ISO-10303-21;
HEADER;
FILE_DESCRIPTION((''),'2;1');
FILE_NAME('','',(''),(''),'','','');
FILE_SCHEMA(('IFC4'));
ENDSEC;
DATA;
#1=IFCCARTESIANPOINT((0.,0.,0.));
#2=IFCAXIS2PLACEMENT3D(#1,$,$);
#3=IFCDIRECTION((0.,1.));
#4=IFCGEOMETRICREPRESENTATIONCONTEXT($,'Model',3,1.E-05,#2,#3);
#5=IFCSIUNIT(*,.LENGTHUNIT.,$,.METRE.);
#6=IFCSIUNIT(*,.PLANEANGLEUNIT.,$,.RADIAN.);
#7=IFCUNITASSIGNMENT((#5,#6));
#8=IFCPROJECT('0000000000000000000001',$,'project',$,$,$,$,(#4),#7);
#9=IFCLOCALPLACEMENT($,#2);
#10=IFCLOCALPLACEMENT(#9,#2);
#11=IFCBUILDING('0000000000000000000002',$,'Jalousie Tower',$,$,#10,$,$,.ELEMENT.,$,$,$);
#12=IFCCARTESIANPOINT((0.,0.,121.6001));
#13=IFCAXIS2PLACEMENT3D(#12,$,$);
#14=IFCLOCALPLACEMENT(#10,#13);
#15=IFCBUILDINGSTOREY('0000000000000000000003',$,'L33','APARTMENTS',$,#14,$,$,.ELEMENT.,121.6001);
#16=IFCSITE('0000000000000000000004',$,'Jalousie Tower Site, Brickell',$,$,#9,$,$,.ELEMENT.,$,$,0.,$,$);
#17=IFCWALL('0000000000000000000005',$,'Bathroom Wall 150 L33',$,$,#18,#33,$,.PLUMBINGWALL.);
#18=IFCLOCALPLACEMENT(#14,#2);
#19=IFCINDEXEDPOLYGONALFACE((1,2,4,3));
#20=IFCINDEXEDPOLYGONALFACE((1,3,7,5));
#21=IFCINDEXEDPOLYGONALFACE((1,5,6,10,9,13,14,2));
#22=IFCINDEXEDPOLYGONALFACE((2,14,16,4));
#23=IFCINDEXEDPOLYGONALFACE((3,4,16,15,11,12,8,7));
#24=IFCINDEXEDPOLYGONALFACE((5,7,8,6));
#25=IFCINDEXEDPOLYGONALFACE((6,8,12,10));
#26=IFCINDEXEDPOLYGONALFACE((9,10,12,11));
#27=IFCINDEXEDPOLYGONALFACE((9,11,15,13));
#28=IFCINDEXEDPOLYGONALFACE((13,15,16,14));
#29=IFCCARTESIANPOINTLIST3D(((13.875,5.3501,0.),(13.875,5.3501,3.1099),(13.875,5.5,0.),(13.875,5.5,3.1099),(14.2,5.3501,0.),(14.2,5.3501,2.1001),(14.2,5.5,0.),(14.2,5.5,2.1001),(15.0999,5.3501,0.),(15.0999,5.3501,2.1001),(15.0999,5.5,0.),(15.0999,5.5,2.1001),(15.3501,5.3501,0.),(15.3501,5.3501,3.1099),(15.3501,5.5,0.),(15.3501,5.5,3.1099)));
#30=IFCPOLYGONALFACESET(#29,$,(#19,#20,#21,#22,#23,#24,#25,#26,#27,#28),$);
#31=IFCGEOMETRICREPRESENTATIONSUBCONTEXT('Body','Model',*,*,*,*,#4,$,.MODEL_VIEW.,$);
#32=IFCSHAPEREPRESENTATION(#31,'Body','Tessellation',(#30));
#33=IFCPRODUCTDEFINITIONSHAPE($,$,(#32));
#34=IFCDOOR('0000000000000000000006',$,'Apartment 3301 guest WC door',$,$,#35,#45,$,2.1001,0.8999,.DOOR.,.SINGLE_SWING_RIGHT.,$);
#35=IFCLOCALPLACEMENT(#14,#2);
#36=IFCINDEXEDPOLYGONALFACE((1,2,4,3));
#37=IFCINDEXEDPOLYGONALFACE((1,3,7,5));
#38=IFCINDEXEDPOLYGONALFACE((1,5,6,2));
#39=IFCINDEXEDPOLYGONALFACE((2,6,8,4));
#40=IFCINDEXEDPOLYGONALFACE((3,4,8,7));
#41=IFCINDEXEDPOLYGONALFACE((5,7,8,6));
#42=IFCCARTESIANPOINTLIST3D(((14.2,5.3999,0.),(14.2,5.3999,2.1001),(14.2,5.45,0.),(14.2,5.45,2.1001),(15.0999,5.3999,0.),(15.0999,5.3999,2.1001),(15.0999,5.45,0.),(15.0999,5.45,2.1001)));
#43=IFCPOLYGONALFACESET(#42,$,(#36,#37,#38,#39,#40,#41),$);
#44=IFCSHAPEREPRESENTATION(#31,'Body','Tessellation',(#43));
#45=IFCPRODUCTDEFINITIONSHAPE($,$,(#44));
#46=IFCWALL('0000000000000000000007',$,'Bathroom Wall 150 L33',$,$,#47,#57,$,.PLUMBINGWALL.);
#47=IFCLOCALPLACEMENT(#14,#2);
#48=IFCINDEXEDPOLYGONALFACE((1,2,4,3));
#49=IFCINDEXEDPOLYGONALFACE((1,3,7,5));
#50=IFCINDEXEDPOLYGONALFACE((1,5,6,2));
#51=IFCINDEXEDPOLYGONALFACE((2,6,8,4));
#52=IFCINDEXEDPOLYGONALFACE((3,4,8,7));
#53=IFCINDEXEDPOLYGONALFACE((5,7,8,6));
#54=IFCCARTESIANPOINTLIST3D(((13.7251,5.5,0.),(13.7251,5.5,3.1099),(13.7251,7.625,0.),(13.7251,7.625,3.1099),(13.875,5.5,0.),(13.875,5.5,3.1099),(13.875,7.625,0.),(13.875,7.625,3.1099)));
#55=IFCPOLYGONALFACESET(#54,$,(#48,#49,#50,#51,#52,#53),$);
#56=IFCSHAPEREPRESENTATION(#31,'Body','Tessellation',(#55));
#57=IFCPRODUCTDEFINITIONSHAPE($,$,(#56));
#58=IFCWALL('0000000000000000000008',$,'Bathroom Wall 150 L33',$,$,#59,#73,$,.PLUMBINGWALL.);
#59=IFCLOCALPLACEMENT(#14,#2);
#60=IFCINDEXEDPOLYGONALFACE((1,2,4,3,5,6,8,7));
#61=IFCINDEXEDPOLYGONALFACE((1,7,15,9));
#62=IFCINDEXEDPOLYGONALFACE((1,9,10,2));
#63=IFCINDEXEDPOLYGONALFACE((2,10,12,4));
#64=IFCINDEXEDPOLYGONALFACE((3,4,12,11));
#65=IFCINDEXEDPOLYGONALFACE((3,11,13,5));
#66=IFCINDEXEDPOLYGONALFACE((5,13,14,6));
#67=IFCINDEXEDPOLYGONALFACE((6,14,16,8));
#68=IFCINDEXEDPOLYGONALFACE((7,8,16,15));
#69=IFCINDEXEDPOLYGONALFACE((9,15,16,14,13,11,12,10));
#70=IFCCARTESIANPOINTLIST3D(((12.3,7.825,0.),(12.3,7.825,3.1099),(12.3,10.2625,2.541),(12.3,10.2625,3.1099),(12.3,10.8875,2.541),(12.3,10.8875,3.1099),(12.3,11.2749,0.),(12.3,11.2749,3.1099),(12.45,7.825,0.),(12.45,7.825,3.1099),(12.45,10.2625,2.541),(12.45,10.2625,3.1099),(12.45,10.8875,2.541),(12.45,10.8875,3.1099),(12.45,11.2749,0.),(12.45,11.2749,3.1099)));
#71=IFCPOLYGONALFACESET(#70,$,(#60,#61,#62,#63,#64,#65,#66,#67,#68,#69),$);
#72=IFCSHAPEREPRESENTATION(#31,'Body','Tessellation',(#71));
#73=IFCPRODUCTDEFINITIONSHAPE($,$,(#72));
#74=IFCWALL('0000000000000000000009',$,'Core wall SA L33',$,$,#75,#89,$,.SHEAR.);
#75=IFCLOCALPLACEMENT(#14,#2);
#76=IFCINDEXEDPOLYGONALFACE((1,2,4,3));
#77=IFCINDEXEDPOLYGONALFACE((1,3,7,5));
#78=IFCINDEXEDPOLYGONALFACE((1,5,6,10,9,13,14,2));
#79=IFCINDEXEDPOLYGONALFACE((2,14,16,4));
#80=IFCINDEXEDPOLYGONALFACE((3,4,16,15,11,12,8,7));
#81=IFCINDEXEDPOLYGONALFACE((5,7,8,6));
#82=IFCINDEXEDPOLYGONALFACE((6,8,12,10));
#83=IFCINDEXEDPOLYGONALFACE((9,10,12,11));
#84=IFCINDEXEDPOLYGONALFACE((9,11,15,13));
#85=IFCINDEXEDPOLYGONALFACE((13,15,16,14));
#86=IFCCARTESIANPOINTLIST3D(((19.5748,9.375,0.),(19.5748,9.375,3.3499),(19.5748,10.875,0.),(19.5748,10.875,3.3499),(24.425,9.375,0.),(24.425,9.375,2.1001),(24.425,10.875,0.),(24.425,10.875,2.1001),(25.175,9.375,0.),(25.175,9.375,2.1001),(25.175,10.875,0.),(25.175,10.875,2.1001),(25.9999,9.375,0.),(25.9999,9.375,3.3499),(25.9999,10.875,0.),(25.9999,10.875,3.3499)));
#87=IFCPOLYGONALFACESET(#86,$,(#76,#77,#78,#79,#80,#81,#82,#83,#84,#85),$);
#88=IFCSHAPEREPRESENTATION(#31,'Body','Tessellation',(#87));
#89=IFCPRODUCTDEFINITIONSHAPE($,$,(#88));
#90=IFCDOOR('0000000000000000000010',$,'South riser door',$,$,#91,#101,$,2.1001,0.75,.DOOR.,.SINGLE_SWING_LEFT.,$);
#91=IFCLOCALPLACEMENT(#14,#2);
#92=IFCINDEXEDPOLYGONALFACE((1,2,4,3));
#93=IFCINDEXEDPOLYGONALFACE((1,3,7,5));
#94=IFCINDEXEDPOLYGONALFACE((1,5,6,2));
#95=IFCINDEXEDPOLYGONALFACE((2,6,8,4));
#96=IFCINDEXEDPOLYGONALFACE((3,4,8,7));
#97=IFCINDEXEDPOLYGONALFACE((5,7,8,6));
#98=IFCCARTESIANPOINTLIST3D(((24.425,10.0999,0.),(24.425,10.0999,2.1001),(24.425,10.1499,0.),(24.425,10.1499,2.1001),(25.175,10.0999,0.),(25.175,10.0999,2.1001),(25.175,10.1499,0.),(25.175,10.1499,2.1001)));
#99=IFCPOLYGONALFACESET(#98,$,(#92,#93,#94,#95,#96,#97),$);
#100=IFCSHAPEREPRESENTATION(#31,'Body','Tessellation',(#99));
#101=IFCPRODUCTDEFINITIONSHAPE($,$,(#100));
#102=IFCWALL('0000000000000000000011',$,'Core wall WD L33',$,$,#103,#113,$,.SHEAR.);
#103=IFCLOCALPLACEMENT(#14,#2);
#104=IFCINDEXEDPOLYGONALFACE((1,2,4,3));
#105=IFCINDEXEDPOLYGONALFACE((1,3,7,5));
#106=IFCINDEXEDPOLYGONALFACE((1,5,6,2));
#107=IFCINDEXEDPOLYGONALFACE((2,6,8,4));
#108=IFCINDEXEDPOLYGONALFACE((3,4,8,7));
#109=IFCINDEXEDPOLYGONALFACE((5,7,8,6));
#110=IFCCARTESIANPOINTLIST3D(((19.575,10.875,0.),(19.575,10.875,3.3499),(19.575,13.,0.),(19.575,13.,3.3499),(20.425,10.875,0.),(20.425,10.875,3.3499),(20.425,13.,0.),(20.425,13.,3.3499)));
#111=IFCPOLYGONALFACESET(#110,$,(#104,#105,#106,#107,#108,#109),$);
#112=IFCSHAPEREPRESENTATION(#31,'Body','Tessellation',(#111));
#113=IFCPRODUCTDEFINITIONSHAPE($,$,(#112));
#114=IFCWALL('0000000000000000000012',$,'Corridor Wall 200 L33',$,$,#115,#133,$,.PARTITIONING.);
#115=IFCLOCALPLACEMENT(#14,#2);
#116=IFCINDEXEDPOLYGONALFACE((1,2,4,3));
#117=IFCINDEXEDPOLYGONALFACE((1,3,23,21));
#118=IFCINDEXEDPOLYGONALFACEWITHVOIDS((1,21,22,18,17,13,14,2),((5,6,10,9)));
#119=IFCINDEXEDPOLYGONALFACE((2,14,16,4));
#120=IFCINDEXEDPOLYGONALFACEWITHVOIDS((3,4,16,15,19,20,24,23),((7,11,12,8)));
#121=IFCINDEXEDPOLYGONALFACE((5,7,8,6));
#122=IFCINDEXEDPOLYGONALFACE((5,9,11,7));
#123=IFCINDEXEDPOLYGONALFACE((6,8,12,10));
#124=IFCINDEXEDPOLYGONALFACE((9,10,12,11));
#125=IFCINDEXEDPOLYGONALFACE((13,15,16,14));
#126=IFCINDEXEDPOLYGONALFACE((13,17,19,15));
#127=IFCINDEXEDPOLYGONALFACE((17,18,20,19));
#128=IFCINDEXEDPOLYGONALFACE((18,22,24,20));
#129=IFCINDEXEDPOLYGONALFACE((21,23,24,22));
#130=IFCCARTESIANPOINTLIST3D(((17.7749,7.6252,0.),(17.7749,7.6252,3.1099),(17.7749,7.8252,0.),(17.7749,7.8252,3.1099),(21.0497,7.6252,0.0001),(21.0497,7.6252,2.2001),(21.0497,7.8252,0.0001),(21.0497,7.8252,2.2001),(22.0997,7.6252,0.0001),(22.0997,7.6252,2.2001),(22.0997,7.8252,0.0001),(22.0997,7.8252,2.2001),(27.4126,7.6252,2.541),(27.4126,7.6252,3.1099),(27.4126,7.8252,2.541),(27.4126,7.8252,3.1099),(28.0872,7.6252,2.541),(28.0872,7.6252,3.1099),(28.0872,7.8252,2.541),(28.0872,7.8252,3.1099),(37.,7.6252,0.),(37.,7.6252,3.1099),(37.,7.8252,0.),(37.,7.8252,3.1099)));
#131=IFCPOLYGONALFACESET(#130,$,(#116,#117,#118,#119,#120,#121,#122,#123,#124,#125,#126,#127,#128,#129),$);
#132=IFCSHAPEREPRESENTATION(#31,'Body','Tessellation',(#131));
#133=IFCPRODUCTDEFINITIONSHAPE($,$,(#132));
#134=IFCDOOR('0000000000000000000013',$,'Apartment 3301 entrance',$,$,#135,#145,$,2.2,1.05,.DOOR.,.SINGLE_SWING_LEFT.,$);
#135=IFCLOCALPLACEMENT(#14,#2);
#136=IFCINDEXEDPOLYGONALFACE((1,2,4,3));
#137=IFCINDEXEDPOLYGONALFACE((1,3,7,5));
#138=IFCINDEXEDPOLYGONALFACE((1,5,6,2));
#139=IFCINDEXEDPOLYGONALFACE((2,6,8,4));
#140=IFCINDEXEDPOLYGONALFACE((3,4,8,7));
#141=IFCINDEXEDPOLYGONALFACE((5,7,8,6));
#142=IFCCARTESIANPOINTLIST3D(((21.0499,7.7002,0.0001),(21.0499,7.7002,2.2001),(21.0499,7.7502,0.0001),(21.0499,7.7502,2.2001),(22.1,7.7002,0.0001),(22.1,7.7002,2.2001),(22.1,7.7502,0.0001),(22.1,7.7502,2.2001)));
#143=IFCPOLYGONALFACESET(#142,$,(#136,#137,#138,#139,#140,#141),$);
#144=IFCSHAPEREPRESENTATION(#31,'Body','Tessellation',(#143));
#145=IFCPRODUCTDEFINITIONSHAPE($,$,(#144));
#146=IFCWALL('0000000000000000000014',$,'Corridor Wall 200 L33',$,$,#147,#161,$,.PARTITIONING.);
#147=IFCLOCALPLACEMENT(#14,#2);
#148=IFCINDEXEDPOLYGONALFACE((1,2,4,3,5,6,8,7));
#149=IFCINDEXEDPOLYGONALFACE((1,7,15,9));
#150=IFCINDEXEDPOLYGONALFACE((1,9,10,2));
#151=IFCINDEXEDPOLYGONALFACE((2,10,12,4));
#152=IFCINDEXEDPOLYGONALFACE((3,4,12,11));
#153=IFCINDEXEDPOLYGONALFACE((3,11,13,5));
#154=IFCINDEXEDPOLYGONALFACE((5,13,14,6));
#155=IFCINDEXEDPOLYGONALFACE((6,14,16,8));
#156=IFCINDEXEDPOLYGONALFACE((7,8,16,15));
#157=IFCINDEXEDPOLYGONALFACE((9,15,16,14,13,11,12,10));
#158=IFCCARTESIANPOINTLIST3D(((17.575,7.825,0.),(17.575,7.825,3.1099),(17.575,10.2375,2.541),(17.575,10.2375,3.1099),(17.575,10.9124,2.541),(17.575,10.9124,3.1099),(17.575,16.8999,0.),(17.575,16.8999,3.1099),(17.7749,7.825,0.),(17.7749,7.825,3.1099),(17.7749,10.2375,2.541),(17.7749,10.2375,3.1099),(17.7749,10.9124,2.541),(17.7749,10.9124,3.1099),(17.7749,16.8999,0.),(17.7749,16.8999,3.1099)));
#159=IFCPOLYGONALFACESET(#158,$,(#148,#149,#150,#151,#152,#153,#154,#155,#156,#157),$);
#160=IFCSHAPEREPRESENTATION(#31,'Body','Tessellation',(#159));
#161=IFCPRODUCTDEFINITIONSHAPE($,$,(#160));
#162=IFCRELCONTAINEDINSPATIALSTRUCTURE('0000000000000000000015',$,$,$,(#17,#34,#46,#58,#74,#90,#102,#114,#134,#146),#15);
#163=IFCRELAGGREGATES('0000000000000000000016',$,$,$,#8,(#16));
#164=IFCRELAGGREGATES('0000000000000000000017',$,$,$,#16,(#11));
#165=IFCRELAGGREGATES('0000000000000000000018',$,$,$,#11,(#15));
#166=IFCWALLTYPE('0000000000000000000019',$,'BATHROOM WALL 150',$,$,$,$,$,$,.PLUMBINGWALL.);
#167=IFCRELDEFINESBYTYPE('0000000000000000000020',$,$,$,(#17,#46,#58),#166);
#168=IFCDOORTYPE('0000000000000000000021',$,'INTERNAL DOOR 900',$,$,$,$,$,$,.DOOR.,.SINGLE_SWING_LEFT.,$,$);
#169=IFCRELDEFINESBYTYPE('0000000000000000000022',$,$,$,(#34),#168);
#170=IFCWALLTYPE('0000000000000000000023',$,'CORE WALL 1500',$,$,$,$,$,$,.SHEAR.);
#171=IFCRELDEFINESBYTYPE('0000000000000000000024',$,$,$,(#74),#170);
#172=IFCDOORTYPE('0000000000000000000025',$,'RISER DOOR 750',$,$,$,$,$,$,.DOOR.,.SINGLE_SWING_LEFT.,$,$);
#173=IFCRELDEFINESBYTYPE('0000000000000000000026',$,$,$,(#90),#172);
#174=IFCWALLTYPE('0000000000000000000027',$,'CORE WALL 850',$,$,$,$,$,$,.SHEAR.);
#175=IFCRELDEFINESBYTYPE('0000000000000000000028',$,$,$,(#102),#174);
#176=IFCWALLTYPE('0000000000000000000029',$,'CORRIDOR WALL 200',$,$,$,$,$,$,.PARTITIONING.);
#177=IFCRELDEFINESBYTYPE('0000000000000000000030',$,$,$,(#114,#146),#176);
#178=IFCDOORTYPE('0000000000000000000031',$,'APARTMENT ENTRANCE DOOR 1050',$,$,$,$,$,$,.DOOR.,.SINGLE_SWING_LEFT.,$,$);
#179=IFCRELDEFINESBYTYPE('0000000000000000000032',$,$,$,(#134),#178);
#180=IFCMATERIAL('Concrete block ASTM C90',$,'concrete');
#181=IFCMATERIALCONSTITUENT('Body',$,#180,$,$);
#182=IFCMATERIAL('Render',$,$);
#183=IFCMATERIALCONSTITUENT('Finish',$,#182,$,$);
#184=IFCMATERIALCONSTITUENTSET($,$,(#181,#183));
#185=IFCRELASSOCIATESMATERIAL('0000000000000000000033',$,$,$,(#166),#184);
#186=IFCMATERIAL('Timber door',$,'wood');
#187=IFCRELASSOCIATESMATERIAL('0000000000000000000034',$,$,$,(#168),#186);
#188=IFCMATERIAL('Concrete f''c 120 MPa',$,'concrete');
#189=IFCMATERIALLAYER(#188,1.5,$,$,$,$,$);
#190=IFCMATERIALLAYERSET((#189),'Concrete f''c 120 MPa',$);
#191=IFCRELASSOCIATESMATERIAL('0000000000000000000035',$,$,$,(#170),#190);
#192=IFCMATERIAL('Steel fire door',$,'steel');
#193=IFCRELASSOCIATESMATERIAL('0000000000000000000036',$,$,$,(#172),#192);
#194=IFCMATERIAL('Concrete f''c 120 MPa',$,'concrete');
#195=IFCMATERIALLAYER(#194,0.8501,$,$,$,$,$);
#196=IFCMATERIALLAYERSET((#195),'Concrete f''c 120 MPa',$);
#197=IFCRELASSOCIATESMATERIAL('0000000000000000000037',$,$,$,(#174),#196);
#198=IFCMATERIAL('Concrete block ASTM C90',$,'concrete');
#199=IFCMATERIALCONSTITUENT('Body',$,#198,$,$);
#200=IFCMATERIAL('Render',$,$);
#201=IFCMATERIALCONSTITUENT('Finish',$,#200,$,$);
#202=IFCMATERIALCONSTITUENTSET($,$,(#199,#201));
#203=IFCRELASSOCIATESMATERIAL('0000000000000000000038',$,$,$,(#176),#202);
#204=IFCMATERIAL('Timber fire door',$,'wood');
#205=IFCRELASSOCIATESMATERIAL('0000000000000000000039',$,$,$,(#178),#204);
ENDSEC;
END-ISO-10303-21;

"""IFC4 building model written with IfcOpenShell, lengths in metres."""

from ifc_helpers import new_model, si_unit, direction, frame, frame_2d, origin, place, context, subcontext, project, spatial, polyline, rectangle, outline, extrude, material, layer, layer_set, constituent, constituent_set, type_object, element, fill, save


model = new_model("IFC4")

# Units and contexts
model_context = context("Model", 3, precision=1e-05, world=origin(), true_north=direction((0.0, 1.0)))
body_context = subcontext(model_context, "Body", "Model", "MODEL_VIEW")
ifc_project = project(units=[si_unit("LENGTHUNIT", "METRE"), si_unit("PLANEANGLEUNIT", "RADIAN")], contexts=[model_context])

# Site, building, storey
site_placement = place(None, origin())
site = spatial("IfcSite", under=ifc_project, at=site_placement, Name="Jalousie Tower Site, Brickell", CompositionType="ELEMENT", RefElevation=0.0)
building_placement = place(site_placement, origin())
building = spatial("IfcBuilding", under=site, at=building_placement, Name="Jalousie Tower", CompositionType="ELEMENT")
storey_placement = place(building_placement, frame((0.0, 0.0, 121.6001)))
storey = spatial("IfcBuildingStorey", under=building, at=storey_placement, Name="L33", Description="APARTMENTS", CompositionType="ELEMENT", Elevation=121.6001)

# Wall, opening, door
ifc_material_1 = material(Name="Concrete block ASTM C90", Category="concrete")
ifc_constituent_1 = constituent(ifc_material_1, Name="Body")
ifc_material_2 = material(Name="Render")
ifc_constituent_2 = constituent(ifc_material_2, Name="Finish")
ifc_constituent_set_1 = constituent_set(constituents=[ifc_constituent_1, ifc_constituent_2])
wall_type_1 = type_object("IfcWallType", Name="BATHROOM WALL 150", PredefinedType="PLUMBINGWALL", material=ifc_constituent_set_1)
wall_1_placement = place(storey_placement, frame((13.875, 5.425, 0.0), z_axis=(0.0, 0.0, 1.0), x_axis=(1.0, 0.0, 0.0)))
wall_1 = element("IfcWall", 1, at=wall_1_placement, inside=storey, type_object=wall_type_1, Name="Bathroom Wall 150 L33", PredefinedType="PLUMBINGWALL", context=body_context, shape_type="SweptSolid", body=[
    extrude(rectangle(XDim=1.4751, YDim=0.1499, at=frame_2d((0.7375, 0.0))), origin(), (0.0, 0.0, 1.0), 3.1099),
])
opening_1_placement = place(wall_1_placement, frame((0.325, 0.0, 0.0)))
opening_1 = element("IfcOpeningElement", 2, at=opening_1_placement, cuts=wall_1, PredefinedType="OPENING", context=body_context, shape_type="SweptSolid", body=[
    extrude(rectangle(XDim=0.8999, YDim=2.1001, at=frame_2d((0.45, 1.05))), frame((0.0, 0.085, 0.0), z_axis=(0.0, -1.0, 0.0), x_axis=(1.0, 0.0, 0.0)), (0.0, 0.0, 1.0), 0.1699),
])
ifc_material_3 = material(Name="Timber door", Category="wood")
door_type_1 = type_object("IfcDoorType", Name="INTERNAL DOOR 900", OperationType="SINGLE_SWING_LEFT", PredefinedType="DOOR", material=ifc_material_3)
door_1_placement = place(opening_1_placement, origin())
door_1 = element("IfcDoor", 3, at=door_1_placement, inside=storey, type_object=door_type_1, Name="Apartment 3301 guest WC door", OperationType="SINGLE_SWING_RIGHT", OverallHeight=2.1001, OverallWidth=0.8999, PredefinedType="DOOR", context=body_context, shape_type="SweptSolid", body=[
    extrude(rectangle(XDim=0.8999, YDim=2.1001, at=frame_2d((0.45, 1.05))), frame((0.0, 0.0249, 0.0), z_axis=(0.0, -1.0, 0.0), x_axis=(1.0, 0.0, 0.0)), (0.0, 0.0, 1.0), 0.05),
])
fill(opening_1, door_1)

# Walls
wall_2_placement = place(storey_placement, frame((13.8, 5.5, 0.0), z_axis=(0.0, 0.0, 1.0), x_axis=(0.0, 1.0, 0.0)))
element("IfcWall", 4, at=wall_2_placement, inside=storey, type_object=wall_type_1, Name="Bathroom Wall 150 L33", PredefinedType="PLUMBINGWALL", context=body_context, shape_type="SweptSolid", body=[
    extrude(rectangle(XDim=2.125, YDim=0.1499, at=frame_2d((1.0625, 0.0))), origin(), (0.0, 0.0, 1.0), 3.1099),
])
wall_3_placement = place(storey_placement, frame((12.375, 7.825, 0.0), z_axis=(0.0, 0.0, 1.0), x_axis=(0.0, 1.0, 0.0)))
element("IfcWall", 5, at=wall_3_placement, inside=storey, type_object=wall_type_1, Name="Bathroom Wall 150 L33", PredefinedType="PLUMBINGWALL", context=body_context, shape_type="SweptSolid", body=[
    extrude(outline(polyline([(0.0, 0.0), (3.45, 0.0), (3.45, 3.1099), (3.0625, 3.1099), (3.0625, 2.541), (2.4375, 2.541), (2.4375, 3.1099), (0.0, 3.1099), (0.0, 0.0)])), frame((0.0, 0.075, 0.0), z_axis=(0.0, -1.0, 0.0), x_axis=(1.0, 0.0, 0.0)), (0.0, 0.0, 1.0), 0.1499),
])

# Wall, opening, door
ifc_material_4 = material(Name="Concrete f'c 120 MPa", Category="concrete")
ifc_layer_1 = layer(ifc_material_4, 1.5)
ifc_layer_set_1 = layer_set([ifc_layer_1], Name="Concrete f'c 120 MPa")
wall_type_2 = type_object("IfcWallType", Name="CORE WALL 1500", PredefinedType="SHEAR", material=ifc_layer_set_1)
wall_4_placement = place(storey_placement, frame((19.575, 10.125, 0.0), z_axis=(0.0, 0.0, 1.0), x_axis=(1.0, 0.0, 0.0)))
wall_4 = element("IfcWall", 6, at=wall_4_placement, inside=storey, type_object=wall_type_2, Name="Core wall SA L33", PredefinedType="SHEAR", context=body_context, shape_type="SweptSolid", body=[
    extrude(rectangle(XDim=6.425, YDim=1.5, at=frame_2d((3.2124, 0.0))), origin(), (0.0, 0.0, 1.0), 3.3499),
])
opening_2_placement = place(wall_4_placement, frame((4.8501, 0.0, 0.0)))
opening_2 = element("IfcOpeningElement", 7, at=opening_2_placement, cuts=wall_4, PredefinedType="OPENING", context=body_context, shape_type="SweptSolid", body=[
    extrude(rectangle(XDim=0.75, YDim=2.1001, at=frame_2d((0.375, 1.05))), frame((0.0, 0.76, 0.0), z_axis=(0.0, -1.0, 0.0), x_axis=(1.0, 0.0, 0.0)), (0.0, 0.0, 1.0), 1.52),
])
ifc_material_5 = material(Name="Steel fire door", Category="steel")
door_type_2 = type_object("IfcDoorType", Name="RISER DOOR 750", OperationType="SINGLE_SWING_LEFT", PredefinedType="DOOR", material=ifc_material_5)
door_2_placement = place(opening_2_placement, origin())
door_2 = element("IfcDoor", 8, at=door_2_placement, inside=storey, type_object=door_type_2, Name="South riser door", OperationType="SINGLE_SWING_LEFT", OverallHeight=2.1001, OverallWidth=0.75, PredefinedType="DOOR", context=body_context, shape_type="SweptSolid", body=[
    extrude(rectangle(XDim=0.75, YDim=2.1001, at=frame_2d((0.375, 1.05))), frame((0.0, 0.0249, 0.0), z_axis=(0.0, -1.0, 0.0), x_axis=(1.0, 0.0, 0.0)), (0.0, 0.0, 1.0), 0.05),
])
fill(opening_2, door_2)

# Wall
ifc_material_6 = material(Name="Concrete f'c 120 MPa", Category="concrete")
ifc_layer_2 = layer(ifc_material_6, 0.8501)
ifc_layer_set_2 = layer_set([ifc_layer_2], Name="Concrete f'c 120 MPa")
wall_type_3 = type_object("IfcWallType", Name="CORE WALL 850", PredefinedType="SHEAR", material=ifc_layer_set_2)
wall_5_placement = place(storey_placement, frame((20.0, 13.0, 0.0), z_axis=(0.0, 0.0, 1.0), x_axis=(0.0, -1.0, 0.0)))
element("IfcWall", 9, at=wall_5_placement, inside=storey, type_object=wall_type_3, Name="Core wall WD L33", PredefinedType="SHEAR", context=body_context, shape_type="SweptSolid", body=[
    extrude(rectangle(XDim=2.125, YDim=0.8501, at=frame_2d((1.0625, 0.0))), origin(), (0.0, 0.0, 1.0), 3.3499),
])

# Wall, opening, door
ifc_material_7 = material(Name="Concrete block ASTM C90", Category="concrete")
ifc_constituent_3 = constituent(ifc_material_7, Name="Body")
ifc_material_8 = material(Name="Render")
ifc_constituent_4 = constituent(ifc_material_8, Name="Finish")
ifc_constituent_set_2 = constituent_set(constituents=[ifc_constituent_3, ifc_constituent_4])
wall_type_4 = type_object("IfcWallType", Name="CORRIDOR WALL 200", PredefinedType="PARTITIONING", material=ifc_constituent_set_2)
wall_6_placement = place(storey_placement, frame((17.7749, 7.7251, 0.0), z_axis=(0.0, 0.0, 1.0), x_axis=(1.0, 0.0, 0.0)))
wall_6 = element("IfcWall", 10, at=wall_6_placement, inside=storey, type_object=wall_type_4, Name="Corridor Wall 200 L33", PredefinedType="PARTITIONING", context=body_context, shape_type="SweptSolid", body=[
    extrude(outline(polyline([(0.0, 0.0), (19.2251, 0.0), (19.2251, 3.1099), (10.3123, 3.1099), (10.3123, 2.541), (9.6377, 2.541), (9.6377, 3.1099), (0.0, 3.1099), (0.0, 0.0)])), frame((0.0, 0.1001, 0.0), z_axis=(0.0, -1.0, 0.0), x_axis=(1.0, 0.0, 0.0)), (0.0, 0.0, 1.0), 0.2),
])
opening_3_placement = place(wall_6_placement, frame((3.2749, 0.0, 0.0)))
opening_3 = element("IfcOpeningElement", 11, at=opening_3_placement, cuts=wall_6, PredefinedType="OPENING", context=body_context, shape_type="SweptSolid", body=[
    extrude(rectangle(XDim=1.05, YDim=2.2, at=frame_2d((0.5249, 1.1001))), frame((0.0, 0.1099, 0.0), z_axis=(0.0, -1.0, 0.0), x_axis=(1.0, 0.0, 0.0)), (0.0, 0.0, 1.0), 0.22),
])
ifc_material_9 = material(Name="Timber fire door", Category="wood")
door_type_3 = type_object("IfcDoorType", Name="APARTMENT ENTRANCE DOOR 1050", OperationType="SINGLE_SWING_LEFT", PredefinedType="DOOR", material=ifc_material_9)
door_3_placement = place(opening_3_placement, frame((1.05, 0.0, 0.0), z_axis=(0.0, 0.0, 1.0), x_axis=(-1.0, 0.0, 0.0)))
door_3 = element("IfcDoor", 12, at=door_3_placement, inside=storey, type_object=door_type_3, Name="Apartment 3301 entrance", OperationType="SINGLE_SWING_LEFT", OverallHeight=2.2, OverallWidth=1.05, PredefinedType="DOOR", context=body_context, shape_type="SweptSolid", body=[
    extrude(rectangle(XDim=1.05, YDim=2.2, at=frame_2d((0.5249, 1.1001))), frame((0.0, 0.0249, 0.0), z_axis=(0.0, -1.0, 0.0), x_axis=(1.0, 0.0, 0.0)), (0.0, 0.0, 1.0), 0.05),
])
fill(opening_3, door_3)

# Wall
wall_7_placement = place(storey_placement, frame((17.675, 7.825, 0.0), z_axis=(0.0, 0.0, 1.0), x_axis=(0.0, 1.0, 0.0)))
element("IfcWall", 13, at=wall_7_placement, inside=storey, type_object=wall_type_4, Name="Corridor Wall 200 L33", PredefinedType="PARTITIONING", context=body_context, shape_type="SweptSolid", body=[
    extrude(outline(polyline([(0.0, 0.0), (9.075, 0.0), (9.075, 3.1099), (3.0874, 3.1099), (3.0874, 2.541), (2.4126, 2.541), (2.4126, 3.1099), (0.0, 3.1099), (0.0, 0.0)])), frame((0.0, 0.1001, 0.0), z_axis=(0.0, -1.0, 0.0), x_axis=(1.0, 0.0, 0.0)), (0.0, 0.0, 1.0), 0.2),
])

save(model, "model.ifc")
